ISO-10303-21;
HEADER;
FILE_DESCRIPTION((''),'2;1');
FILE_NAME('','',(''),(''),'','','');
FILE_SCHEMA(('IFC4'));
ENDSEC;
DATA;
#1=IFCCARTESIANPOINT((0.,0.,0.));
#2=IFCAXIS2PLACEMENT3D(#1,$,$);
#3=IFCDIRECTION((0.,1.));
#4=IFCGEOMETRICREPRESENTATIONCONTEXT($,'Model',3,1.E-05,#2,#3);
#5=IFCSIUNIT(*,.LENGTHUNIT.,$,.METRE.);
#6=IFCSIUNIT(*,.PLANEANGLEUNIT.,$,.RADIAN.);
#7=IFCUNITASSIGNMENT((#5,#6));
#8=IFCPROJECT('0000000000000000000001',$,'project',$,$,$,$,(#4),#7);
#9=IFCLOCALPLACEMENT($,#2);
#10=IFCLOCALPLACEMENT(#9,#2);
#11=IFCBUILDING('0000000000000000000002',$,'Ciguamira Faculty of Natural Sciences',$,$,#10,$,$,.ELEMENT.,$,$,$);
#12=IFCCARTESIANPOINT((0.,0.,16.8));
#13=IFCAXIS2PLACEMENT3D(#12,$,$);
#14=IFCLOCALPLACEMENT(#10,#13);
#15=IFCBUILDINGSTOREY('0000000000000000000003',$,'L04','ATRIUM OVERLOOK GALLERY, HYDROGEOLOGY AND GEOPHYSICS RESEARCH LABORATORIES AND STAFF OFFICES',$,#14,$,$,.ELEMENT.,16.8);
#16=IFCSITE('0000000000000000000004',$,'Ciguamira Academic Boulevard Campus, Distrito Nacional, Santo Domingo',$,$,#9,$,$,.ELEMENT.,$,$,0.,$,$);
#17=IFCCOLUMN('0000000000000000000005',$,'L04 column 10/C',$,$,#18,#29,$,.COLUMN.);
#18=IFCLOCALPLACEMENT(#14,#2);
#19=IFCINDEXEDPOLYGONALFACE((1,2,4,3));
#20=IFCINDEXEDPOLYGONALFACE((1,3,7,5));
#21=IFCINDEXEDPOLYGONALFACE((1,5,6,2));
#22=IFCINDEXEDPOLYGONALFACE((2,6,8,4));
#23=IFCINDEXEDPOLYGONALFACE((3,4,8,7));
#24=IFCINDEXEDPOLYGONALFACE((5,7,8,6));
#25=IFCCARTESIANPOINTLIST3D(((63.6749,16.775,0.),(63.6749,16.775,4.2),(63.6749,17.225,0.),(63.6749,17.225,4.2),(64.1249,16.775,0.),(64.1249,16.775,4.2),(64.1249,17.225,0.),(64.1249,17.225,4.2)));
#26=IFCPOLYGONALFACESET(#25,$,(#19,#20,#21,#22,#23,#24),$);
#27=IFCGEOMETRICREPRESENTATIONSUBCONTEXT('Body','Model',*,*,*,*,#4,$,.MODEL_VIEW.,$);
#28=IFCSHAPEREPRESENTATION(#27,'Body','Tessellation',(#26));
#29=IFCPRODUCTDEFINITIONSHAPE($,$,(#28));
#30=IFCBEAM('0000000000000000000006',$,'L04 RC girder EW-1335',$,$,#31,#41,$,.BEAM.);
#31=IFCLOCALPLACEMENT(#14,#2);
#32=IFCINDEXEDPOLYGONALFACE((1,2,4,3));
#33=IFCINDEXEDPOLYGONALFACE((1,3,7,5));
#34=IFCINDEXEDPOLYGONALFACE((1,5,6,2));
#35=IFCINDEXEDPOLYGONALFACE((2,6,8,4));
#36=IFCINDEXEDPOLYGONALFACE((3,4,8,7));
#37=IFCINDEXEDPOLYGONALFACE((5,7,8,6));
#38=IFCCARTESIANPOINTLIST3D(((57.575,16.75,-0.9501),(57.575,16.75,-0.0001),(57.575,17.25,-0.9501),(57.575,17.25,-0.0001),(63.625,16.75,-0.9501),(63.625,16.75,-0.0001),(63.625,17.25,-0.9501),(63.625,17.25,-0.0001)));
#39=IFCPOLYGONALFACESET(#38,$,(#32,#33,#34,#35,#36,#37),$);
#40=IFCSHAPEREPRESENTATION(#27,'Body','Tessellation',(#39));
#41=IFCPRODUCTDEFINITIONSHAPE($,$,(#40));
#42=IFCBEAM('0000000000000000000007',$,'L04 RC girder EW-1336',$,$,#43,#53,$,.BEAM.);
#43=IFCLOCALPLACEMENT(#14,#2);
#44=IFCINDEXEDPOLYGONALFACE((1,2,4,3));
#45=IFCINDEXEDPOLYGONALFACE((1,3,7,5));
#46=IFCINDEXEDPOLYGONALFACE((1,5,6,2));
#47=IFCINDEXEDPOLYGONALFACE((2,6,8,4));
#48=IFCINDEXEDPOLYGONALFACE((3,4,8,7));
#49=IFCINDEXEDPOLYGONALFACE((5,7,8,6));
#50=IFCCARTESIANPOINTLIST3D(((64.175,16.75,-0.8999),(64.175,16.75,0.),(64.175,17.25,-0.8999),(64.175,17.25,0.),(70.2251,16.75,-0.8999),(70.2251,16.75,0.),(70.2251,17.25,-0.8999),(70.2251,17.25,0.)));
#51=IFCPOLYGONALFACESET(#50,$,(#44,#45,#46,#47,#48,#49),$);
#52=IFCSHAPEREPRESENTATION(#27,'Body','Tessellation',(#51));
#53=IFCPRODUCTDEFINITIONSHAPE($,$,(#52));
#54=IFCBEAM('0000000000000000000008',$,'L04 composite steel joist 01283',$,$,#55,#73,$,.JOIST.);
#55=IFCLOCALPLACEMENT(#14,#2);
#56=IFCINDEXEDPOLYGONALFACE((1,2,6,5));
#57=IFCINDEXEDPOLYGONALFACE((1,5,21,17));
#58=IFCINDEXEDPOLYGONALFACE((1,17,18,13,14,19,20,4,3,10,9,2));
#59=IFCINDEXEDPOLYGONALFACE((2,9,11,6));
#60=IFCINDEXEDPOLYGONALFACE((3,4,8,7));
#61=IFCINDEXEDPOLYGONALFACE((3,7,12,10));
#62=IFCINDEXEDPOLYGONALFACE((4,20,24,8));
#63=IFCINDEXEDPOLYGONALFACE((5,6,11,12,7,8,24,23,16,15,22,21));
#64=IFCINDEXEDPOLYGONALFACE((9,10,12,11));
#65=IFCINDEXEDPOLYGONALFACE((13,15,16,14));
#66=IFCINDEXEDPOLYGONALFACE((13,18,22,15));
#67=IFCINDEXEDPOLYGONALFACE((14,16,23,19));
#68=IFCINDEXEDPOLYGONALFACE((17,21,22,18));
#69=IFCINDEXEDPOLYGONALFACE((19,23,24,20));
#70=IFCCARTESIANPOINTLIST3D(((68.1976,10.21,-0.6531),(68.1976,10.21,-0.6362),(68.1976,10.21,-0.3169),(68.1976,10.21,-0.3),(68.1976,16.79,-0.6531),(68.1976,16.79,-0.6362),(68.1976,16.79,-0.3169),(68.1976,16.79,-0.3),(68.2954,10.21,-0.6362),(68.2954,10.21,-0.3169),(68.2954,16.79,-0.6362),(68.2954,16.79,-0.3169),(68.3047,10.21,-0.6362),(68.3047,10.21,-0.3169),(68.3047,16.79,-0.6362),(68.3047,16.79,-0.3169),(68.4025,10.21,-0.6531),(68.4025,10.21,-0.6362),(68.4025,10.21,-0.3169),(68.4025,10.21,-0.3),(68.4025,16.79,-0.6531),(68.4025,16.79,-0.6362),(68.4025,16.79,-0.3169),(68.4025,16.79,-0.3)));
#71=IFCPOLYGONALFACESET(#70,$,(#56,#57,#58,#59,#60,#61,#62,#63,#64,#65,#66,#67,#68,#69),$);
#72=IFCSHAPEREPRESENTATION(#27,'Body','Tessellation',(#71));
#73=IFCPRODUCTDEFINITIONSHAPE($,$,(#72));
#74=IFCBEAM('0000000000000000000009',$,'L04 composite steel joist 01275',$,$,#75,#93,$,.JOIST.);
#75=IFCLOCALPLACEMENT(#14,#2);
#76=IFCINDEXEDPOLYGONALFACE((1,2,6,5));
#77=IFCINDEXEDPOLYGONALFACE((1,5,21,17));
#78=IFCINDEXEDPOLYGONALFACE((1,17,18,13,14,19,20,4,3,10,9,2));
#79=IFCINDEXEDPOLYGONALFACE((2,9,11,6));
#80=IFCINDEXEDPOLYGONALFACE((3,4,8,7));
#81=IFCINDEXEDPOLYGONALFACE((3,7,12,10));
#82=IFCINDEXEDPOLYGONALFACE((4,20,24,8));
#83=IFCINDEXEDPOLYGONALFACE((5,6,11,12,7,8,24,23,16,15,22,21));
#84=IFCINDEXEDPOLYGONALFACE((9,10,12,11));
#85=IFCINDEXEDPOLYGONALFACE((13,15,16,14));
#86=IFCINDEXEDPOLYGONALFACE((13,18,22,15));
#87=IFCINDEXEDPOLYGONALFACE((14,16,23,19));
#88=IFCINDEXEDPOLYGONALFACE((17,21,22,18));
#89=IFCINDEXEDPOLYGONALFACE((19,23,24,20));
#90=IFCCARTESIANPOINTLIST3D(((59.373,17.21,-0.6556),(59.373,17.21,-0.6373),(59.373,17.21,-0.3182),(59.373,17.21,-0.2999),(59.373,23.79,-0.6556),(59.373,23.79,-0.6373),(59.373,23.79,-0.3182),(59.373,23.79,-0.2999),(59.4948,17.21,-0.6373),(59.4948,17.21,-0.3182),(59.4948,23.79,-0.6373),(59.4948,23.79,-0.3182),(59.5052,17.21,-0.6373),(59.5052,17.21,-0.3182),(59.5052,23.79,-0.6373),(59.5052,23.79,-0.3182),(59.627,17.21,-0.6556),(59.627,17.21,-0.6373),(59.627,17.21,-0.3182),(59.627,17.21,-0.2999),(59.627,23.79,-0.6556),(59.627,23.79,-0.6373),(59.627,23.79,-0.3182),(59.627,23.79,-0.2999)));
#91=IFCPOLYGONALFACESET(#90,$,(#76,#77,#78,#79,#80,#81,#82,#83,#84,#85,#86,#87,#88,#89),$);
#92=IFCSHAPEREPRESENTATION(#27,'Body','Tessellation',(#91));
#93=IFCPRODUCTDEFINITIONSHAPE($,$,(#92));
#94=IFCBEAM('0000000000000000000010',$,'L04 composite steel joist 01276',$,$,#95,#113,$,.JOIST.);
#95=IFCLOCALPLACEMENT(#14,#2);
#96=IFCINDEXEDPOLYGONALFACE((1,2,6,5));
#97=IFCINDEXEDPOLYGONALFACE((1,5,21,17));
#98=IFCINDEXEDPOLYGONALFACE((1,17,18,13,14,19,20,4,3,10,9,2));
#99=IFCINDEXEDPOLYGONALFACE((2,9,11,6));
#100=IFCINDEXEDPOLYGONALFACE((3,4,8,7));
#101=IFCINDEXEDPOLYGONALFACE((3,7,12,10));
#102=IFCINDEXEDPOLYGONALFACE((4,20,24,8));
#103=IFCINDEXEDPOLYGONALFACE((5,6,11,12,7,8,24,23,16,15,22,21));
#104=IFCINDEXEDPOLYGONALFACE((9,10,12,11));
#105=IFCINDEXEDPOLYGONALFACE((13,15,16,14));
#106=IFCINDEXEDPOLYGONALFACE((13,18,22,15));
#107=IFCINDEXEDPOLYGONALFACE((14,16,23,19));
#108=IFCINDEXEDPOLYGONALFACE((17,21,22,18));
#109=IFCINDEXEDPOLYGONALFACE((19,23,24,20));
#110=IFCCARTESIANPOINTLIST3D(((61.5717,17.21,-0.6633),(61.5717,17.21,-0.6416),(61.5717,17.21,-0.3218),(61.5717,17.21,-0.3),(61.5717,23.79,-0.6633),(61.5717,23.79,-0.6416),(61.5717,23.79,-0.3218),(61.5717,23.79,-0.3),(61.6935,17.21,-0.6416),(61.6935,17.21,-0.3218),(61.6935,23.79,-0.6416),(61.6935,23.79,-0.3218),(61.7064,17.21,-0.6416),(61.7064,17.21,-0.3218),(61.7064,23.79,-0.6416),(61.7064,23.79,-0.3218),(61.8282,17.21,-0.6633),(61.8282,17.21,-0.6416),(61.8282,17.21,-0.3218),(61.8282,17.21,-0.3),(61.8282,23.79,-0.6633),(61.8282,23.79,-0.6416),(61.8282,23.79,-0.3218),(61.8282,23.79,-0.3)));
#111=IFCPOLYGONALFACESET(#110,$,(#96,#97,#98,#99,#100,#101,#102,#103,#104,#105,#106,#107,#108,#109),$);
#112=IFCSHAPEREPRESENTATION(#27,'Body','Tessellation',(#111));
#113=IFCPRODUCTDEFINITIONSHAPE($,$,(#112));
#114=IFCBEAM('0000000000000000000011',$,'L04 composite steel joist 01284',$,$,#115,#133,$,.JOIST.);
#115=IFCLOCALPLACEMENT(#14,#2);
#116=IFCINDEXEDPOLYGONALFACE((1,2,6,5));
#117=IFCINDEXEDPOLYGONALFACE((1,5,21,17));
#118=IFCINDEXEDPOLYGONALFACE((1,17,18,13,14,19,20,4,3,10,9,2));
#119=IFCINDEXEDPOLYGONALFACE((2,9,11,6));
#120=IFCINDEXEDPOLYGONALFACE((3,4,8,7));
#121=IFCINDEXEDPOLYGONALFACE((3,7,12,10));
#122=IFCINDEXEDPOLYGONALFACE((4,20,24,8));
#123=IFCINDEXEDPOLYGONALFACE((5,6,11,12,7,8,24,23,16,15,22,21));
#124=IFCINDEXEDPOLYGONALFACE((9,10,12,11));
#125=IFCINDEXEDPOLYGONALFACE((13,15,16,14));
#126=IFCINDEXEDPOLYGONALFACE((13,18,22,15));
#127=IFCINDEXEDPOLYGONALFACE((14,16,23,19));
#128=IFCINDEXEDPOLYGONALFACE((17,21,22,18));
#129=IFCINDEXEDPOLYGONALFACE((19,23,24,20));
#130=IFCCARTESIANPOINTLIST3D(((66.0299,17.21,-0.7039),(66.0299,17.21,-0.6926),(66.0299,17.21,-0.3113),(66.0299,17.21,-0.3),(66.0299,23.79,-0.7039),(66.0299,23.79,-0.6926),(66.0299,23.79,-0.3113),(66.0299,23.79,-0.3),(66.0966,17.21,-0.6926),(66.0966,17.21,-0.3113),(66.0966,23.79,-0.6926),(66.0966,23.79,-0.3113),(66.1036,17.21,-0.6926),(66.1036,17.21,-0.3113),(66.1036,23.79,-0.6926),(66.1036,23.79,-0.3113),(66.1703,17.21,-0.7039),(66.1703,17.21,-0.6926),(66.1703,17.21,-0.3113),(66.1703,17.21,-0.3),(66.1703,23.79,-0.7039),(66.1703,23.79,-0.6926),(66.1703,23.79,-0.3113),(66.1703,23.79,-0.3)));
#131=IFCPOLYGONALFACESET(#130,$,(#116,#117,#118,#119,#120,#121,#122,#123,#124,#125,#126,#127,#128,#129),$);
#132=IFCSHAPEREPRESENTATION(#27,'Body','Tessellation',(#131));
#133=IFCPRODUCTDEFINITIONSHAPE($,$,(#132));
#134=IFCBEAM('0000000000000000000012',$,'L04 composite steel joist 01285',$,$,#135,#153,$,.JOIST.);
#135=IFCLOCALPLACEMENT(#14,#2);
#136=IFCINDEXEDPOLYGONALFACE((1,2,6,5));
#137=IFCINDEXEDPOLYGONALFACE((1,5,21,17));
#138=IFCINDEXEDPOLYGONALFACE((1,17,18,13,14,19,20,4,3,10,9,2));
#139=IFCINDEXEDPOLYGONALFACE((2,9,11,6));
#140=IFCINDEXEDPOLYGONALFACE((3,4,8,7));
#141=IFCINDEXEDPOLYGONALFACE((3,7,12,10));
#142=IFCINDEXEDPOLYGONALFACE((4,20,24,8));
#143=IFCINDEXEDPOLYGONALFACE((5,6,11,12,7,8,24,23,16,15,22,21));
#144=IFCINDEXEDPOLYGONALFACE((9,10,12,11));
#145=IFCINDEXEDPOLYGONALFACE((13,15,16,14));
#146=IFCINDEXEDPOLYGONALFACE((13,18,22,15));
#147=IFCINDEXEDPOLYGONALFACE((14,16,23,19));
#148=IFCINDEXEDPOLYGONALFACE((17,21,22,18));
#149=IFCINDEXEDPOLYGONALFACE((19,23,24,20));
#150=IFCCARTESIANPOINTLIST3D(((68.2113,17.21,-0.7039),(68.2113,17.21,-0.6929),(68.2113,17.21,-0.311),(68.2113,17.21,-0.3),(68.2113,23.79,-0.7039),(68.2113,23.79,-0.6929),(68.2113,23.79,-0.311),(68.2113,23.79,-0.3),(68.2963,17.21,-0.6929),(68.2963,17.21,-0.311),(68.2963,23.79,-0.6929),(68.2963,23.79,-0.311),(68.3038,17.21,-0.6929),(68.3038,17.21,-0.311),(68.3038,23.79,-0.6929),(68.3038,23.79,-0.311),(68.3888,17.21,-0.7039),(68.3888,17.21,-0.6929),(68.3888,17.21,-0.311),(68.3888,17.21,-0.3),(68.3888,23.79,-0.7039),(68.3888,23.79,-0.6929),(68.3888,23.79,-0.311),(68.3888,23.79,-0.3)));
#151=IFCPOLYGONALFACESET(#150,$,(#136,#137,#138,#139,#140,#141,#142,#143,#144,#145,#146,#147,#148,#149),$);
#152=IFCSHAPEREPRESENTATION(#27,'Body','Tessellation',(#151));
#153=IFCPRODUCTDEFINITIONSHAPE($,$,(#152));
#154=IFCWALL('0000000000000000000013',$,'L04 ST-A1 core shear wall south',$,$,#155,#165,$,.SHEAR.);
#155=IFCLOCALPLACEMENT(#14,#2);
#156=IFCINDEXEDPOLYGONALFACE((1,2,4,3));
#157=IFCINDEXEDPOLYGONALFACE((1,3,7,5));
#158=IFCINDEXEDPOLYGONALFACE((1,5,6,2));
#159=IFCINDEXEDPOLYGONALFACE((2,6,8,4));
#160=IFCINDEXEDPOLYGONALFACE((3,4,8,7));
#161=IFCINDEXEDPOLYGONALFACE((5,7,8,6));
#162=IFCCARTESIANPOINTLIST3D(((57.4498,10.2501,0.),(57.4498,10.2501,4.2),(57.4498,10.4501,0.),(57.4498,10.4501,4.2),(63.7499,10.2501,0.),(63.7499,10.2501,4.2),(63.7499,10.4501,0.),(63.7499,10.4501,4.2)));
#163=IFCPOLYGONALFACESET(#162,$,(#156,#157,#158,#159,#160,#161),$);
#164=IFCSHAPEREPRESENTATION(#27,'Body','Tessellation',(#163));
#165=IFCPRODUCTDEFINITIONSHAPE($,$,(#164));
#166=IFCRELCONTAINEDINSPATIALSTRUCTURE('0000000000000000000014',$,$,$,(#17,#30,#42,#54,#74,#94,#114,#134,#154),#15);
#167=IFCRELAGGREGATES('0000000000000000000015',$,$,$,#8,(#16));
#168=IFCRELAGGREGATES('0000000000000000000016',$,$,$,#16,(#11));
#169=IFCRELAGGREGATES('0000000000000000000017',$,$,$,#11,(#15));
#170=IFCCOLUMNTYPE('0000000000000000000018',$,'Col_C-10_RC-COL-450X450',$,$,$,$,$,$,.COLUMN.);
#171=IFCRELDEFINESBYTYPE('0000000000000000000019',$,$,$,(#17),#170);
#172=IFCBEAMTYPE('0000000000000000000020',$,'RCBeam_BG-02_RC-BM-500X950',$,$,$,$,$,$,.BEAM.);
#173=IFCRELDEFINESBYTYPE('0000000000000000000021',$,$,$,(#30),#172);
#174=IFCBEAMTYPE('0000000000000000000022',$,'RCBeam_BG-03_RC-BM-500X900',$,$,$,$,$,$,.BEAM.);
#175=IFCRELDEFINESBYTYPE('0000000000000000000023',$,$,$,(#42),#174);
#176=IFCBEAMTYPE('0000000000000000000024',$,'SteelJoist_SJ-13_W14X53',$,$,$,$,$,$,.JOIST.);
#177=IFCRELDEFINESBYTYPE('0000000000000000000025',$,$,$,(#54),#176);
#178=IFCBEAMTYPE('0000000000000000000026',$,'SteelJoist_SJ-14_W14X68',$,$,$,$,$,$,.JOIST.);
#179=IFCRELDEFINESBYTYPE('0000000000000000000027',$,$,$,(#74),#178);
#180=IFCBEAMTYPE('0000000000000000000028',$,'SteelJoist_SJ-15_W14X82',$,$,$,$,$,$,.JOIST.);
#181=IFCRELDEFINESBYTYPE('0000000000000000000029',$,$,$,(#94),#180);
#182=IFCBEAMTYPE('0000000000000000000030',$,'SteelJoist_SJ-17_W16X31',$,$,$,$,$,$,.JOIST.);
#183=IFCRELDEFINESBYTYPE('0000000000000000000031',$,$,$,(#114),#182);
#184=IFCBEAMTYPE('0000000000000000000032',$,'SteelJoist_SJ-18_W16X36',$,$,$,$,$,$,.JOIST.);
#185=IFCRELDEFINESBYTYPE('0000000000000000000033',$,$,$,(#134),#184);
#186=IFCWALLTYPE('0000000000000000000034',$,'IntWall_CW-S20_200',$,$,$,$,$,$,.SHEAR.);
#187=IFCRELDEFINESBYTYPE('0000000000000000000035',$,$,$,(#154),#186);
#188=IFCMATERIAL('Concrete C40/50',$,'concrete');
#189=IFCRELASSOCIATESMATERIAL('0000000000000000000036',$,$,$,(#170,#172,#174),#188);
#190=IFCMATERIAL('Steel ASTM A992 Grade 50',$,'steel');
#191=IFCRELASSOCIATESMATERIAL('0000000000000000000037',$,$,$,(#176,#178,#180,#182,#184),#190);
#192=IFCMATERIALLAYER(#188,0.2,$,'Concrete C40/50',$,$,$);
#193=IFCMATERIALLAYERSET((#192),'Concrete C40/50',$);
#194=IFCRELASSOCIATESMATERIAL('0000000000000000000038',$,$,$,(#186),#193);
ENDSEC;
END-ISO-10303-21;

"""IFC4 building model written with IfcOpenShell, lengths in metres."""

from ifc_helpers import new_model, si_unit, direction, frame, frame_2d, origin, origin_2d, place, context, subcontext, project, spatial, rectangle, i_section, extrude, material, layer, layer_set, material_profile, profile_set, type_object, element, save


model = new_model("IFC4")

# Units and contexts
model_context = context("Model", 3, precision=1e-05, world=origin(), true_north=direction((0.0, 1.0)))
body_context = subcontext(model_context, "Body", "Model", "MODEL_VIEW")
ifc_project = project(units=[si_unit("LENGTHUNIT", "METRE"), si_unit("PLANEANGLEUNIT", "RADIAN")], contexts=[model_context])

# Site, building, storey
site_placement = place(None, origin())
site = spatial("IfcSite", under=ifc_project, at=site_placement, Name="Ciguamira Academic Boulevard Campus, Distrito Nacional, Santo Domingo", CompositionType="ELEMENT", RefElevation=0.0)
building_placement = place(site_placement, origin())
building = spatial("IfcBuilding", under=site, at=building_placement, Name="Ciguamira Faculty of Natural Sciences", CompositionType="ELEMENT")
storey_placement = place(building_placement, frame((0.0, 0.0, 16.8)))
storey = spatial("IfcBuildingStorey", under=building, at=storey_placement, Name="L04", Description="ATRIUM OVERLOOK GALLERY, HYDROGEOLOGY AND GEOPHYSICS RESEARCH LABORATORIES AND STAFF OFFICES", CompositionType="ELEMENT", Elevation=16.8)

# Column
ifc_material_1 = material(Name="Concrete C40/50", Category="concrete")
ifc_material_profile_1 = material_profile(ifc_material_1, rectangle(XDim=0.45, YDim=0.45, at=origin_2d()), Name="RC-COL-450X450")
ifc_profile_set_1 = profile_set([ifc_material_profile_1], Name="Concrete C40/50")
column_type = type_object("IfcColumnType", Name="Col_C-10_RC-COL-450X450", PredefinedType="COLUMN", material=ifc_profile_set_1)
column_placement = place(storey_placement, frame((63.8999, 17.0, 0.0), z_axis=(0.0, 0.0, 1.0), x_axis=(1.0, 0.0, 0.0)))
element("IfcColumn", 1, at=column_placement, inside=storey, type_object=column_type, Name="L04 column 10/C", PredefinedType="COLUMN", context=body_context, shape_type="SweptSolid", body=[
    extrude(rectangle(XDim=0.45, YDim=0.45, at=origin_2d()), origin(), (0.0, 0.0, 1.0), 4.2),
])

# Beams
ifc_material_profile_2 = material_profile(ifc_material_1, rectangle(XDim=0.5, YDim=0.95, at=origin_2d()), Name="RC-BM-500X950")
ifc_profile_set_2 = profile_set([ifc_material_profile_2], Name="Concrete C40/50")
beam_type_1 = type_object("IfcBeamType", Name="RCBeam_BG-02_RC-BM-500X950", PredefinedType="BEAM", material=ifc_profile_set_2)
beam_1_placement = place(storey_placement, frame((57.575, 17.0, -0.4751), z_axis=(1.0, 0.0, 0.0), x_axis=(0.0, 1.0, 0.0)))
element("IfcBeam", 2, at=beam_1_placement, inside=storey, type_object=beam_type_1, Name="L04 RC girder EW-1335", PredefinedType="BEAM", context=body_context, shape_type="SweptSolid", body=[
    extrude(rectangle(XDim=0.5, YDim=0.95, at=origin_2d()), origin(), (0.0, 0.0, 1.0), 6.05),
])
ifc_material_profile_3 = material_profile(ifc_material_1, rectangle(XDim=0.5, YDim=0.8999, at=origin_2d()), Name="RC-BM-500X900")
ifc_profile_set_3 = profile_set([ifc_material_profile_3], Name="Concrete C40/50")
beam_type_2 = type_object("IfcBeamType", Name="RCBeam_BG-03_RC-BM-500X900", PredefinedType="BEAM", material=ifc_profile_set_3)
beam_2_placement = place(storey_placement, frame((64.175, 17.0, -0.45), z_axis=(1.0, 0.0, 0.0), x_axis=(0.0, 1.0, 0.0)))
element("IfcBeam", 3, at=beam_2_placement, inside=storey, type_object=beam_type_2, Name="L04 RC girder EW-1336", PredefinedType="BEAM", context=body_context, shape_type="SweptSolid", body=[
    extrude(rectangle(XDim=0.5, YDim=0.8999, at=origin_2d()), origin(), (0.0, 0.0, 1.0), 6.05),
])
ifc_material_2 = material(Name="Steel ASTM A992 Grade 50", Category="steel")
ifc_material_profile_4 = material_profile(ifc_material_2, i_section(OverallWidth=0.2048, OverallDepth=0.353, WebThickness=0.0093, FlangeThickness=0.0168, at=origin_2d()), Name="W14X53")
ifc_profile_set_4 = profile_set([ifc_material_profile_4], Name="Steel ASTM A992 Grade 50")
beam_type_3 = type_object("IfcBeamType", Name="SteelJoist_SJ-13_W14X53", PredefinedType="JOIST", material=ifc_profile_set_4)
beam_3_placement = place(storey_placement, frame((68.3, 10.21, -0.4766), z_axis=(0.0, 1.0, 0.0), x_axis=(-1.0, 0.0, 0.0)))
element("IfcBeam", 4, at=beam_3_placement, inside=storey, type_object=beam_type_3, Name="L04 composite steel joist 01283", PredefinedType="JOIST", context=body_context, shape_type="SweptSolid", body=[
    extrude(i_section(OverallWidth=0.2048, OverallDepth=0.353, WebThickness=0.0093, FlangeThickness=0.0168, at=origin_2d()), origin(), (0.0, 0.0, 1.0), 6.5801),
])
ifc_material_profile_5 = material_profile(ifc_material_2, i_section(OverallWidth=0.2539, OverallDepth=0.3557, WebThickness=0.0105, FlangeThickness=0.0183, at=origin_2d()), Name="W14X68")
ifc_profile_set_5 = profile_set([ifc_material_profile_5], Name="Steel ASTM A992 Grade 50")
beam_type_4 = type_object("IfcBeamType", Name="SteelJoist_SJ-14_W14X68", PredefinedType="JOIST", material=ifc_profile_set_5)
beam_4_placement = place(storey_placement, frame((59.5, 17.21, -0.4778), z_axis=(0.0, 1.0, 0.0), x_axis=(-1.0, 0.0, 0.0)))
element("IfcBeam", 5, at=beam_4_placement, inside=storey, type_object=beam_type_4, Name="L04 composite steel joist 01275", PredefinedType="JOIST", context=body_context, shape_type="SweptSolid", body=[
    extrude(i_section(OverallWidth=0.2539, OverallDepth=0.3557, WebThickness=0.0105, FlangeThickness=0.0183, at=origin_2d()), origin(), (0.0, 0.0, 1.0), 6.5801),
])
ifc_material_profile_6 = material_profile(ifc_material_2, i_section(OverallWidth=0.2566, OverallDepth=0.3633, WebThickness=0.0129, FlangeThickness=0.0217, at=origin_2d()), Name="W14X82")
ifc_profile_set_6 = profile_set([ifc_material_profile_6], Name="Steel ASTM A992 Grade 50")
beam_type_5 = type_object("IfcBeamType", Name="SteelJoist_SJ-15_W14X82", PredefinedType="JOIST", material=ifc_profile_set_6)
beam_5_placement = place(storey_placement, frame((61.7, 17.21, -0.4817), z_axis=(0.0, 1.0, 0.0), x_axis=(-1.0, 0.0, 0.0)))
element("IfcBeam", 6, at=beam_5_placement, inside=storey, type_object=beam_type_5, Name="L04 composite steel joist 01276", PredefinedType="JOIST", context=body_context, shape_type="SweptSolid", body=[
    extrude(i_section(OverallWidth=0.2566, OverallDepth=0.3633, WebThickness=0.0129, FlangeThickness=0.0217, at=origin_2d()), origin(), (0.0, 0.0, 1.0), 6.5801),
])
ifc_material_profile_7 = material_profile(ifc_material_2, i_section(OverallWidth=0.1404, OverallDepth=0.4038, WebThickness=0.0071, FlangeThickness=0.0112, at=origin_2d()), Name="W16X31")
ifc_profile_set_7 = profile_set([ifc_material_profile_7], Name="Steel ASTM A992 Grade 50")
beam_type_6 = type_object("IfcBeamType", Name="SteelJoist_SJ-17_W16X31", PredefinedType="JOIST", material=ifc_profile_set_7)
beam_6_placement = place(storey_placement, frame((66.1001, 17.21, -0.502), z_axis=(0.0, 1.0, 0.0), x_axis=(-1.0, 0.0, 0.0)))
element("IfcBeam", 7, at=beam_6_placement, inside=storey, type_object=beam_type_6, Name="L04 composite steel joist 01284", PredefinedType="JOIST", context=body_context, shape_type="SweptSolid", body=[
    extrude(i_section(OverallWidth=0.1404, OverallDepth=0.4038, WebThickness=0.0071, FlangeThickness=0.0112, at=origin_2d()), origin(), (0.0, 0.0, 1.0), 6.5801),
])
ifc_material_profile_8 = material_profile(ifc_material_2, i_section(OverallWidth=0.1775, OverallDepth=0.4038, WebThickness=0.0076, FlangeThickness=0.011, at=origin_2d()), Name="W16X36")
ifc_profile_set_8 = profile_set([ifc_material_profile_8], Name="Steel ASTM A992 Grade 50")
beam_type_7 = type_object("IfcBeamType", Name="SteelJoist_SJ-18_W16X36", PredefinedType="JOIST", material=ifc_profile_set_8)
beam_7_placement = place(storey_placement, frame((68.3, 17.21, -0.502), z_axis=(0.0, 1.0, 0.0), x_axis=(-1.0, 0.0, 0.0)))
element("IfcBeam", 8, at=beam_7_placement, inside=storey, type_object=beam_type_7, Name="L04 composite steel joist 01285", PredefinedType="JOIST", context=body_context, shape_type="SweptSolid", body=[
    extrude(i_section(OverallWidth=0.1775, OverallDepth=0.4038, WebThickness=0.0076, FlangeThickness=0.011, at=origin_2d()), origin(), (0.0, 0.0, 1.0), 6.5801),
])

# Wall
ifc_layer_1 = layer(ifc_material_1, 0.2, Name="Concrete C40/50")
ifc_layer_set_1 = layer_set([ifc_layer_1], Name="Concrete C40/50")
wall_type_1 = type_object("IfcWallType", Name="IntWall_CW-S20_200", PredefinedType="SHEAR", material=ifc_layer_set_1)
wall_1_placement = place(storey_placement, frame((57.45, 10.3501, 0.0), z_axis=(0.0, 0.0, 1.0), x_axis=(1.0, 0.0, 0.0)))
element("IfcWall", 9, at=wall_1_placement, inside=storey, type_object=wall_type_1, Name="L04 ST-A1 core shear wall south", PredefinedType="SHEAR", context=body_context, shape_type="SweptSolid", body=[
    extrude(rectangle(XDim=6.3, YDim=0.2, at=frame_2d((3.1499, 0.0))), origin(), (0.0, 0.0, 1.0), 4.2),
])

save(model, "model.ifc")
